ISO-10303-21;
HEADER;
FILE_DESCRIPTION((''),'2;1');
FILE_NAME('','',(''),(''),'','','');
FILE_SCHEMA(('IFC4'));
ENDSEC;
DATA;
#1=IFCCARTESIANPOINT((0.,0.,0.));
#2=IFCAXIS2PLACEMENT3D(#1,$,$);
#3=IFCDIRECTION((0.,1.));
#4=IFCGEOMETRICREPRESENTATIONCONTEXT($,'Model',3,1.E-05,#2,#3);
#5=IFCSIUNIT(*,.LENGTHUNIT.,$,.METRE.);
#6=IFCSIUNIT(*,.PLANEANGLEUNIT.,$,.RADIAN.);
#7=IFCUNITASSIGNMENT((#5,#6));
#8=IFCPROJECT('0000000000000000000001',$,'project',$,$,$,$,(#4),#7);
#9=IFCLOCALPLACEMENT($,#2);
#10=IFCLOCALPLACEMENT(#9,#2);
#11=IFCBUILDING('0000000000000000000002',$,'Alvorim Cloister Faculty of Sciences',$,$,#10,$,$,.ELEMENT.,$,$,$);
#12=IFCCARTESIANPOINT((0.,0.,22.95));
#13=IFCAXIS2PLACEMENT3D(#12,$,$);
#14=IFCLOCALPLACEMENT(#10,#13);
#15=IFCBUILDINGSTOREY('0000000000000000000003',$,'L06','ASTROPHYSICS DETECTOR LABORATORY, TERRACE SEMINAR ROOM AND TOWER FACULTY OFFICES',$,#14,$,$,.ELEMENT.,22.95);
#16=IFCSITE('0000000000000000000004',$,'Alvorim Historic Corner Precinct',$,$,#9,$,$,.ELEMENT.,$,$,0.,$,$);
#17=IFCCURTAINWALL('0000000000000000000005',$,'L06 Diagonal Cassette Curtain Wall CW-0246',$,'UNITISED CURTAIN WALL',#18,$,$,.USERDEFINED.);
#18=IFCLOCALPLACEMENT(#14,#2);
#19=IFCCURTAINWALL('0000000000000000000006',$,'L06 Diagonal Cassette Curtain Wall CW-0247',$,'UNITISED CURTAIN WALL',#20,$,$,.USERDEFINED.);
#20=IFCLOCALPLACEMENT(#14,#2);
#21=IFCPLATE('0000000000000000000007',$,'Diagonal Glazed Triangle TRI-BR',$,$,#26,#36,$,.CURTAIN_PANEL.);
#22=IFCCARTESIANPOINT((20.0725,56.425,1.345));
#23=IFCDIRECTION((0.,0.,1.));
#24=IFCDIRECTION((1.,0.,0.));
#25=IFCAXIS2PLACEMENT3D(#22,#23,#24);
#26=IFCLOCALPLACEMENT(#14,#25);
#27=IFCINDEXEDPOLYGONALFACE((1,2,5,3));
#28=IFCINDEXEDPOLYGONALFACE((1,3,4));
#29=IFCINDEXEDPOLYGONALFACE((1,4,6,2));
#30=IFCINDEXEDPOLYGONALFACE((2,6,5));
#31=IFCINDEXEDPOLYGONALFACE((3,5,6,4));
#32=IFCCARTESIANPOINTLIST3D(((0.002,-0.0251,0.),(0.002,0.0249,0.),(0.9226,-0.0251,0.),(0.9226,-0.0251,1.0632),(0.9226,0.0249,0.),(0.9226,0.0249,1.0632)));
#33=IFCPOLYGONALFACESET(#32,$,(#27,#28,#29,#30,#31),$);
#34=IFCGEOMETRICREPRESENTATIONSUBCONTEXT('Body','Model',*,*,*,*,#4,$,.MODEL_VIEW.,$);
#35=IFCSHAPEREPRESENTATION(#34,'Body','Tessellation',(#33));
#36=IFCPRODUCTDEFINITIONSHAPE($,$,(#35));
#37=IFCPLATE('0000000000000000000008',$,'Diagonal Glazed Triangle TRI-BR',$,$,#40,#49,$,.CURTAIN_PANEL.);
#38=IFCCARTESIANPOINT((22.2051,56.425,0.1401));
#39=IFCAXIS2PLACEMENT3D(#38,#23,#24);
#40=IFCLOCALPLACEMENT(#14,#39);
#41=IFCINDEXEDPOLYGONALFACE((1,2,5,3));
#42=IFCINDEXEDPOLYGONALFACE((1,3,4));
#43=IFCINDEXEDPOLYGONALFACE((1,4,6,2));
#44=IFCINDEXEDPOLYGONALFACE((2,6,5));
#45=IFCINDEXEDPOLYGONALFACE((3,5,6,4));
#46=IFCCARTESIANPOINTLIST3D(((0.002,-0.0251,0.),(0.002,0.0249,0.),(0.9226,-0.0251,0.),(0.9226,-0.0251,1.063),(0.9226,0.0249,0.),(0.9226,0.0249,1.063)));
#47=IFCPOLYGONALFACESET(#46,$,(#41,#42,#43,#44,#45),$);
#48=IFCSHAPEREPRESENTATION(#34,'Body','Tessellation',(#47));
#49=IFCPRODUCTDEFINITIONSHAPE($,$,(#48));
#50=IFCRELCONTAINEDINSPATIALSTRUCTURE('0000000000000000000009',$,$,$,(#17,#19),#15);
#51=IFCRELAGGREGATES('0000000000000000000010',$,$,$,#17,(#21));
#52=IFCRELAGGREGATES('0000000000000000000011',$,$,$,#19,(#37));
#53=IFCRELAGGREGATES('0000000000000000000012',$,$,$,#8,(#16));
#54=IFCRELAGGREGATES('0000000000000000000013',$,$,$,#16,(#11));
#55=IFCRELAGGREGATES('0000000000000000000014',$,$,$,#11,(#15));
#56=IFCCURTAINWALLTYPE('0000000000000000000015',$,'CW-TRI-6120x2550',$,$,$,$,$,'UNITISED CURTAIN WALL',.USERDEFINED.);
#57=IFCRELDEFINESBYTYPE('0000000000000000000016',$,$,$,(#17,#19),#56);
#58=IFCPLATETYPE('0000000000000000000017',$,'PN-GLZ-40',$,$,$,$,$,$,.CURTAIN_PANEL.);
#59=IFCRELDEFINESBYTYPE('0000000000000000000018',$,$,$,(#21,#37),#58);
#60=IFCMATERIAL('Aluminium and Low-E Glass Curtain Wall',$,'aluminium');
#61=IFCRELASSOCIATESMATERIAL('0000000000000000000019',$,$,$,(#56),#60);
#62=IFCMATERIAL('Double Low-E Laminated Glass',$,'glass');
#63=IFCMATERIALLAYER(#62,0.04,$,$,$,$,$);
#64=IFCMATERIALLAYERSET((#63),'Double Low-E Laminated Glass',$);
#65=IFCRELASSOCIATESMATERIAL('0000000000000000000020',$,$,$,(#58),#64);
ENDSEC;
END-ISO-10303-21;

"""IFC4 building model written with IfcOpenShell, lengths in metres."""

from ifc_helpers import new_model, si_unit, direction, frame, origin, place, context, subcontext, project, spatial, polyline, outline, extrude, material, layer, layer_set, type_object, element, aggregate, save


model = new_model("IFC4")

# Units and contexts
model_context = context("Model", 3, precision=1e-05, world=origin(), true_north=direction((0.0, 1.0)))
body_context = subcontext(model_context, "Body", "Model", "MODEL_VIEW")
ifc_project = project(units=[si_unit("LENGTHUNIT", "METRE"), si_unit("PLANEANGLEUNIT", "RADIAN")], contexts=[model_context])

# Site, building, storey
site_placement = place(None, origin())
site = spatial("IfcSite", under=ifc_project, at=site_placement, Name="Alvorim Historic Corner Precinct", CompositionType="ELEMENT", RefElevation=0.0)
building_placement = place(site_placement, origin())
building = spatial("IfcBuilding", under=site, at=building_placement, Name="Alvorim Cloister Faculty of Sciences", CompositionType="ELEMENT")
storey_placement = place(building_placement, frame((0.0, 0.0, 22.95)))
storey = spatial("IfcBuildingStorey", under=building, at=storey_placement, Name="L06", Description="ASTROPHYSICS DETECTOR LABORATORY, TERRACE SEMINAR ROOM AND TOWER FACULTY OFFICES", CompositionType="ELEMENT", Elevation=22.95)

# Curtain wall
ifc_material_1 = material(Name="Aluminium and Low-E Glass Curtain Wall", Category="aluminium")
curtain_wall_type = type_object("IfcCurtainWallType", Name="CW-TRI-6120x2550", ElementType="UNITISED CURTAIN WALL", PredefinedType="USERDEFINED", material=ifc_material_1)
curtain_wall_1_placement = place(storey_placement, origin())
curtain_wall_1 = element("IfcCurtainWall", 1, at=curtain_wall_1_placement, inside=storey, type_object=curtain_wall_type, Name="L06 Diagonal Cassette Curtain Wall CW-0246", ObjectType="UNITISED CURTAIN WALL", PredefinedType="USERDEFINED")

# Curtain wall
curtain_wall_2_placement = place(storey_placement, origin())
curtain_wall_2 = element("IfcCurtainWall", 2, at=curtain_wall_2_placement, inside=storey, type_object=curtain_wall_type, Name="L06 Diagonal Cassette Curtain Wall CW-0247", ObjectType="UNITISED CURTAIN WALL", PredefinedType="USERDEFINED")

# Plates
ifc_material_2 = material(Name="Double Low-E Laminated Glass", Category="glass")
ifc_layer_1 = layer(ifc_material_2, 0.04)
ifc_layer_set_1 = layer_set([ifc_layer_1], Name="Double Low-E Laminated Glass")
plate_type = type_object("IfcPlateType", Name="PN-GLZ-40", PredefinedType="CURTAIN_PANEL", material=ifc_layer_set_1)
plate_1_placement = place(storey_placement, frame((20.0725, 56.425, 1.345), z_axis=(0.0, 0.0, 1.0), x_axis=(1.0, 0.0, 0.0)))
plate_1 = element("IfcPlate", 3, at=plate_1_placement, type_object=plate_type, Name="Diagonal Glazed Triangle TRI-BR", PredefinedType="CURTAIN_PANEL", context=body_context, shape_type="SweptSolid", body=[
    extrude(outline(polyline([(0.002, 0.0), (0.9226, 0.0), (0.9226, 1.0632), (0.002, 0.0)])), frame((0.0, 0.0249, 0.0), z_axis=(0.0, -1.0, 0.0), x_axis=(1.0, 0.0, 0.0)), (0.0, 0.0, 1.0), 0.05),
])
aggregate(curtain_wall_1, [plate_1])
plate_2_placement = place(storey_placement, frame((22.2051, 56.425, 0.1401), z_axis=(0.0, 0.0, 1.0), x_axis=(1.0, 0.0, 0.0)))
plate_2 = element("IfcPlate", 4, at=plate_2_placement, type_object=plate_type, Name="Diagonal Glazed Triangle TRI-BR", PredefinedType="CURTAIN_PANEL", context=body_context, shape_type="SweptSolid", body=[
    extrude(outline(polyline([(0.002, 0.0), (0.9226, 0.0), (0.9226, 1.063), (0.002, 0.0)])), frame((0.0, 0.0249, 0.0), z_axis=(0.0, -1.0, 0.0), x_axis=(1.0, 0.0, 0.0)), (0.0, 0.0, 1.0), 0.05),
])
aggregate(curtain_wall_2, [plate_2])

save(model, "model.ifc")
